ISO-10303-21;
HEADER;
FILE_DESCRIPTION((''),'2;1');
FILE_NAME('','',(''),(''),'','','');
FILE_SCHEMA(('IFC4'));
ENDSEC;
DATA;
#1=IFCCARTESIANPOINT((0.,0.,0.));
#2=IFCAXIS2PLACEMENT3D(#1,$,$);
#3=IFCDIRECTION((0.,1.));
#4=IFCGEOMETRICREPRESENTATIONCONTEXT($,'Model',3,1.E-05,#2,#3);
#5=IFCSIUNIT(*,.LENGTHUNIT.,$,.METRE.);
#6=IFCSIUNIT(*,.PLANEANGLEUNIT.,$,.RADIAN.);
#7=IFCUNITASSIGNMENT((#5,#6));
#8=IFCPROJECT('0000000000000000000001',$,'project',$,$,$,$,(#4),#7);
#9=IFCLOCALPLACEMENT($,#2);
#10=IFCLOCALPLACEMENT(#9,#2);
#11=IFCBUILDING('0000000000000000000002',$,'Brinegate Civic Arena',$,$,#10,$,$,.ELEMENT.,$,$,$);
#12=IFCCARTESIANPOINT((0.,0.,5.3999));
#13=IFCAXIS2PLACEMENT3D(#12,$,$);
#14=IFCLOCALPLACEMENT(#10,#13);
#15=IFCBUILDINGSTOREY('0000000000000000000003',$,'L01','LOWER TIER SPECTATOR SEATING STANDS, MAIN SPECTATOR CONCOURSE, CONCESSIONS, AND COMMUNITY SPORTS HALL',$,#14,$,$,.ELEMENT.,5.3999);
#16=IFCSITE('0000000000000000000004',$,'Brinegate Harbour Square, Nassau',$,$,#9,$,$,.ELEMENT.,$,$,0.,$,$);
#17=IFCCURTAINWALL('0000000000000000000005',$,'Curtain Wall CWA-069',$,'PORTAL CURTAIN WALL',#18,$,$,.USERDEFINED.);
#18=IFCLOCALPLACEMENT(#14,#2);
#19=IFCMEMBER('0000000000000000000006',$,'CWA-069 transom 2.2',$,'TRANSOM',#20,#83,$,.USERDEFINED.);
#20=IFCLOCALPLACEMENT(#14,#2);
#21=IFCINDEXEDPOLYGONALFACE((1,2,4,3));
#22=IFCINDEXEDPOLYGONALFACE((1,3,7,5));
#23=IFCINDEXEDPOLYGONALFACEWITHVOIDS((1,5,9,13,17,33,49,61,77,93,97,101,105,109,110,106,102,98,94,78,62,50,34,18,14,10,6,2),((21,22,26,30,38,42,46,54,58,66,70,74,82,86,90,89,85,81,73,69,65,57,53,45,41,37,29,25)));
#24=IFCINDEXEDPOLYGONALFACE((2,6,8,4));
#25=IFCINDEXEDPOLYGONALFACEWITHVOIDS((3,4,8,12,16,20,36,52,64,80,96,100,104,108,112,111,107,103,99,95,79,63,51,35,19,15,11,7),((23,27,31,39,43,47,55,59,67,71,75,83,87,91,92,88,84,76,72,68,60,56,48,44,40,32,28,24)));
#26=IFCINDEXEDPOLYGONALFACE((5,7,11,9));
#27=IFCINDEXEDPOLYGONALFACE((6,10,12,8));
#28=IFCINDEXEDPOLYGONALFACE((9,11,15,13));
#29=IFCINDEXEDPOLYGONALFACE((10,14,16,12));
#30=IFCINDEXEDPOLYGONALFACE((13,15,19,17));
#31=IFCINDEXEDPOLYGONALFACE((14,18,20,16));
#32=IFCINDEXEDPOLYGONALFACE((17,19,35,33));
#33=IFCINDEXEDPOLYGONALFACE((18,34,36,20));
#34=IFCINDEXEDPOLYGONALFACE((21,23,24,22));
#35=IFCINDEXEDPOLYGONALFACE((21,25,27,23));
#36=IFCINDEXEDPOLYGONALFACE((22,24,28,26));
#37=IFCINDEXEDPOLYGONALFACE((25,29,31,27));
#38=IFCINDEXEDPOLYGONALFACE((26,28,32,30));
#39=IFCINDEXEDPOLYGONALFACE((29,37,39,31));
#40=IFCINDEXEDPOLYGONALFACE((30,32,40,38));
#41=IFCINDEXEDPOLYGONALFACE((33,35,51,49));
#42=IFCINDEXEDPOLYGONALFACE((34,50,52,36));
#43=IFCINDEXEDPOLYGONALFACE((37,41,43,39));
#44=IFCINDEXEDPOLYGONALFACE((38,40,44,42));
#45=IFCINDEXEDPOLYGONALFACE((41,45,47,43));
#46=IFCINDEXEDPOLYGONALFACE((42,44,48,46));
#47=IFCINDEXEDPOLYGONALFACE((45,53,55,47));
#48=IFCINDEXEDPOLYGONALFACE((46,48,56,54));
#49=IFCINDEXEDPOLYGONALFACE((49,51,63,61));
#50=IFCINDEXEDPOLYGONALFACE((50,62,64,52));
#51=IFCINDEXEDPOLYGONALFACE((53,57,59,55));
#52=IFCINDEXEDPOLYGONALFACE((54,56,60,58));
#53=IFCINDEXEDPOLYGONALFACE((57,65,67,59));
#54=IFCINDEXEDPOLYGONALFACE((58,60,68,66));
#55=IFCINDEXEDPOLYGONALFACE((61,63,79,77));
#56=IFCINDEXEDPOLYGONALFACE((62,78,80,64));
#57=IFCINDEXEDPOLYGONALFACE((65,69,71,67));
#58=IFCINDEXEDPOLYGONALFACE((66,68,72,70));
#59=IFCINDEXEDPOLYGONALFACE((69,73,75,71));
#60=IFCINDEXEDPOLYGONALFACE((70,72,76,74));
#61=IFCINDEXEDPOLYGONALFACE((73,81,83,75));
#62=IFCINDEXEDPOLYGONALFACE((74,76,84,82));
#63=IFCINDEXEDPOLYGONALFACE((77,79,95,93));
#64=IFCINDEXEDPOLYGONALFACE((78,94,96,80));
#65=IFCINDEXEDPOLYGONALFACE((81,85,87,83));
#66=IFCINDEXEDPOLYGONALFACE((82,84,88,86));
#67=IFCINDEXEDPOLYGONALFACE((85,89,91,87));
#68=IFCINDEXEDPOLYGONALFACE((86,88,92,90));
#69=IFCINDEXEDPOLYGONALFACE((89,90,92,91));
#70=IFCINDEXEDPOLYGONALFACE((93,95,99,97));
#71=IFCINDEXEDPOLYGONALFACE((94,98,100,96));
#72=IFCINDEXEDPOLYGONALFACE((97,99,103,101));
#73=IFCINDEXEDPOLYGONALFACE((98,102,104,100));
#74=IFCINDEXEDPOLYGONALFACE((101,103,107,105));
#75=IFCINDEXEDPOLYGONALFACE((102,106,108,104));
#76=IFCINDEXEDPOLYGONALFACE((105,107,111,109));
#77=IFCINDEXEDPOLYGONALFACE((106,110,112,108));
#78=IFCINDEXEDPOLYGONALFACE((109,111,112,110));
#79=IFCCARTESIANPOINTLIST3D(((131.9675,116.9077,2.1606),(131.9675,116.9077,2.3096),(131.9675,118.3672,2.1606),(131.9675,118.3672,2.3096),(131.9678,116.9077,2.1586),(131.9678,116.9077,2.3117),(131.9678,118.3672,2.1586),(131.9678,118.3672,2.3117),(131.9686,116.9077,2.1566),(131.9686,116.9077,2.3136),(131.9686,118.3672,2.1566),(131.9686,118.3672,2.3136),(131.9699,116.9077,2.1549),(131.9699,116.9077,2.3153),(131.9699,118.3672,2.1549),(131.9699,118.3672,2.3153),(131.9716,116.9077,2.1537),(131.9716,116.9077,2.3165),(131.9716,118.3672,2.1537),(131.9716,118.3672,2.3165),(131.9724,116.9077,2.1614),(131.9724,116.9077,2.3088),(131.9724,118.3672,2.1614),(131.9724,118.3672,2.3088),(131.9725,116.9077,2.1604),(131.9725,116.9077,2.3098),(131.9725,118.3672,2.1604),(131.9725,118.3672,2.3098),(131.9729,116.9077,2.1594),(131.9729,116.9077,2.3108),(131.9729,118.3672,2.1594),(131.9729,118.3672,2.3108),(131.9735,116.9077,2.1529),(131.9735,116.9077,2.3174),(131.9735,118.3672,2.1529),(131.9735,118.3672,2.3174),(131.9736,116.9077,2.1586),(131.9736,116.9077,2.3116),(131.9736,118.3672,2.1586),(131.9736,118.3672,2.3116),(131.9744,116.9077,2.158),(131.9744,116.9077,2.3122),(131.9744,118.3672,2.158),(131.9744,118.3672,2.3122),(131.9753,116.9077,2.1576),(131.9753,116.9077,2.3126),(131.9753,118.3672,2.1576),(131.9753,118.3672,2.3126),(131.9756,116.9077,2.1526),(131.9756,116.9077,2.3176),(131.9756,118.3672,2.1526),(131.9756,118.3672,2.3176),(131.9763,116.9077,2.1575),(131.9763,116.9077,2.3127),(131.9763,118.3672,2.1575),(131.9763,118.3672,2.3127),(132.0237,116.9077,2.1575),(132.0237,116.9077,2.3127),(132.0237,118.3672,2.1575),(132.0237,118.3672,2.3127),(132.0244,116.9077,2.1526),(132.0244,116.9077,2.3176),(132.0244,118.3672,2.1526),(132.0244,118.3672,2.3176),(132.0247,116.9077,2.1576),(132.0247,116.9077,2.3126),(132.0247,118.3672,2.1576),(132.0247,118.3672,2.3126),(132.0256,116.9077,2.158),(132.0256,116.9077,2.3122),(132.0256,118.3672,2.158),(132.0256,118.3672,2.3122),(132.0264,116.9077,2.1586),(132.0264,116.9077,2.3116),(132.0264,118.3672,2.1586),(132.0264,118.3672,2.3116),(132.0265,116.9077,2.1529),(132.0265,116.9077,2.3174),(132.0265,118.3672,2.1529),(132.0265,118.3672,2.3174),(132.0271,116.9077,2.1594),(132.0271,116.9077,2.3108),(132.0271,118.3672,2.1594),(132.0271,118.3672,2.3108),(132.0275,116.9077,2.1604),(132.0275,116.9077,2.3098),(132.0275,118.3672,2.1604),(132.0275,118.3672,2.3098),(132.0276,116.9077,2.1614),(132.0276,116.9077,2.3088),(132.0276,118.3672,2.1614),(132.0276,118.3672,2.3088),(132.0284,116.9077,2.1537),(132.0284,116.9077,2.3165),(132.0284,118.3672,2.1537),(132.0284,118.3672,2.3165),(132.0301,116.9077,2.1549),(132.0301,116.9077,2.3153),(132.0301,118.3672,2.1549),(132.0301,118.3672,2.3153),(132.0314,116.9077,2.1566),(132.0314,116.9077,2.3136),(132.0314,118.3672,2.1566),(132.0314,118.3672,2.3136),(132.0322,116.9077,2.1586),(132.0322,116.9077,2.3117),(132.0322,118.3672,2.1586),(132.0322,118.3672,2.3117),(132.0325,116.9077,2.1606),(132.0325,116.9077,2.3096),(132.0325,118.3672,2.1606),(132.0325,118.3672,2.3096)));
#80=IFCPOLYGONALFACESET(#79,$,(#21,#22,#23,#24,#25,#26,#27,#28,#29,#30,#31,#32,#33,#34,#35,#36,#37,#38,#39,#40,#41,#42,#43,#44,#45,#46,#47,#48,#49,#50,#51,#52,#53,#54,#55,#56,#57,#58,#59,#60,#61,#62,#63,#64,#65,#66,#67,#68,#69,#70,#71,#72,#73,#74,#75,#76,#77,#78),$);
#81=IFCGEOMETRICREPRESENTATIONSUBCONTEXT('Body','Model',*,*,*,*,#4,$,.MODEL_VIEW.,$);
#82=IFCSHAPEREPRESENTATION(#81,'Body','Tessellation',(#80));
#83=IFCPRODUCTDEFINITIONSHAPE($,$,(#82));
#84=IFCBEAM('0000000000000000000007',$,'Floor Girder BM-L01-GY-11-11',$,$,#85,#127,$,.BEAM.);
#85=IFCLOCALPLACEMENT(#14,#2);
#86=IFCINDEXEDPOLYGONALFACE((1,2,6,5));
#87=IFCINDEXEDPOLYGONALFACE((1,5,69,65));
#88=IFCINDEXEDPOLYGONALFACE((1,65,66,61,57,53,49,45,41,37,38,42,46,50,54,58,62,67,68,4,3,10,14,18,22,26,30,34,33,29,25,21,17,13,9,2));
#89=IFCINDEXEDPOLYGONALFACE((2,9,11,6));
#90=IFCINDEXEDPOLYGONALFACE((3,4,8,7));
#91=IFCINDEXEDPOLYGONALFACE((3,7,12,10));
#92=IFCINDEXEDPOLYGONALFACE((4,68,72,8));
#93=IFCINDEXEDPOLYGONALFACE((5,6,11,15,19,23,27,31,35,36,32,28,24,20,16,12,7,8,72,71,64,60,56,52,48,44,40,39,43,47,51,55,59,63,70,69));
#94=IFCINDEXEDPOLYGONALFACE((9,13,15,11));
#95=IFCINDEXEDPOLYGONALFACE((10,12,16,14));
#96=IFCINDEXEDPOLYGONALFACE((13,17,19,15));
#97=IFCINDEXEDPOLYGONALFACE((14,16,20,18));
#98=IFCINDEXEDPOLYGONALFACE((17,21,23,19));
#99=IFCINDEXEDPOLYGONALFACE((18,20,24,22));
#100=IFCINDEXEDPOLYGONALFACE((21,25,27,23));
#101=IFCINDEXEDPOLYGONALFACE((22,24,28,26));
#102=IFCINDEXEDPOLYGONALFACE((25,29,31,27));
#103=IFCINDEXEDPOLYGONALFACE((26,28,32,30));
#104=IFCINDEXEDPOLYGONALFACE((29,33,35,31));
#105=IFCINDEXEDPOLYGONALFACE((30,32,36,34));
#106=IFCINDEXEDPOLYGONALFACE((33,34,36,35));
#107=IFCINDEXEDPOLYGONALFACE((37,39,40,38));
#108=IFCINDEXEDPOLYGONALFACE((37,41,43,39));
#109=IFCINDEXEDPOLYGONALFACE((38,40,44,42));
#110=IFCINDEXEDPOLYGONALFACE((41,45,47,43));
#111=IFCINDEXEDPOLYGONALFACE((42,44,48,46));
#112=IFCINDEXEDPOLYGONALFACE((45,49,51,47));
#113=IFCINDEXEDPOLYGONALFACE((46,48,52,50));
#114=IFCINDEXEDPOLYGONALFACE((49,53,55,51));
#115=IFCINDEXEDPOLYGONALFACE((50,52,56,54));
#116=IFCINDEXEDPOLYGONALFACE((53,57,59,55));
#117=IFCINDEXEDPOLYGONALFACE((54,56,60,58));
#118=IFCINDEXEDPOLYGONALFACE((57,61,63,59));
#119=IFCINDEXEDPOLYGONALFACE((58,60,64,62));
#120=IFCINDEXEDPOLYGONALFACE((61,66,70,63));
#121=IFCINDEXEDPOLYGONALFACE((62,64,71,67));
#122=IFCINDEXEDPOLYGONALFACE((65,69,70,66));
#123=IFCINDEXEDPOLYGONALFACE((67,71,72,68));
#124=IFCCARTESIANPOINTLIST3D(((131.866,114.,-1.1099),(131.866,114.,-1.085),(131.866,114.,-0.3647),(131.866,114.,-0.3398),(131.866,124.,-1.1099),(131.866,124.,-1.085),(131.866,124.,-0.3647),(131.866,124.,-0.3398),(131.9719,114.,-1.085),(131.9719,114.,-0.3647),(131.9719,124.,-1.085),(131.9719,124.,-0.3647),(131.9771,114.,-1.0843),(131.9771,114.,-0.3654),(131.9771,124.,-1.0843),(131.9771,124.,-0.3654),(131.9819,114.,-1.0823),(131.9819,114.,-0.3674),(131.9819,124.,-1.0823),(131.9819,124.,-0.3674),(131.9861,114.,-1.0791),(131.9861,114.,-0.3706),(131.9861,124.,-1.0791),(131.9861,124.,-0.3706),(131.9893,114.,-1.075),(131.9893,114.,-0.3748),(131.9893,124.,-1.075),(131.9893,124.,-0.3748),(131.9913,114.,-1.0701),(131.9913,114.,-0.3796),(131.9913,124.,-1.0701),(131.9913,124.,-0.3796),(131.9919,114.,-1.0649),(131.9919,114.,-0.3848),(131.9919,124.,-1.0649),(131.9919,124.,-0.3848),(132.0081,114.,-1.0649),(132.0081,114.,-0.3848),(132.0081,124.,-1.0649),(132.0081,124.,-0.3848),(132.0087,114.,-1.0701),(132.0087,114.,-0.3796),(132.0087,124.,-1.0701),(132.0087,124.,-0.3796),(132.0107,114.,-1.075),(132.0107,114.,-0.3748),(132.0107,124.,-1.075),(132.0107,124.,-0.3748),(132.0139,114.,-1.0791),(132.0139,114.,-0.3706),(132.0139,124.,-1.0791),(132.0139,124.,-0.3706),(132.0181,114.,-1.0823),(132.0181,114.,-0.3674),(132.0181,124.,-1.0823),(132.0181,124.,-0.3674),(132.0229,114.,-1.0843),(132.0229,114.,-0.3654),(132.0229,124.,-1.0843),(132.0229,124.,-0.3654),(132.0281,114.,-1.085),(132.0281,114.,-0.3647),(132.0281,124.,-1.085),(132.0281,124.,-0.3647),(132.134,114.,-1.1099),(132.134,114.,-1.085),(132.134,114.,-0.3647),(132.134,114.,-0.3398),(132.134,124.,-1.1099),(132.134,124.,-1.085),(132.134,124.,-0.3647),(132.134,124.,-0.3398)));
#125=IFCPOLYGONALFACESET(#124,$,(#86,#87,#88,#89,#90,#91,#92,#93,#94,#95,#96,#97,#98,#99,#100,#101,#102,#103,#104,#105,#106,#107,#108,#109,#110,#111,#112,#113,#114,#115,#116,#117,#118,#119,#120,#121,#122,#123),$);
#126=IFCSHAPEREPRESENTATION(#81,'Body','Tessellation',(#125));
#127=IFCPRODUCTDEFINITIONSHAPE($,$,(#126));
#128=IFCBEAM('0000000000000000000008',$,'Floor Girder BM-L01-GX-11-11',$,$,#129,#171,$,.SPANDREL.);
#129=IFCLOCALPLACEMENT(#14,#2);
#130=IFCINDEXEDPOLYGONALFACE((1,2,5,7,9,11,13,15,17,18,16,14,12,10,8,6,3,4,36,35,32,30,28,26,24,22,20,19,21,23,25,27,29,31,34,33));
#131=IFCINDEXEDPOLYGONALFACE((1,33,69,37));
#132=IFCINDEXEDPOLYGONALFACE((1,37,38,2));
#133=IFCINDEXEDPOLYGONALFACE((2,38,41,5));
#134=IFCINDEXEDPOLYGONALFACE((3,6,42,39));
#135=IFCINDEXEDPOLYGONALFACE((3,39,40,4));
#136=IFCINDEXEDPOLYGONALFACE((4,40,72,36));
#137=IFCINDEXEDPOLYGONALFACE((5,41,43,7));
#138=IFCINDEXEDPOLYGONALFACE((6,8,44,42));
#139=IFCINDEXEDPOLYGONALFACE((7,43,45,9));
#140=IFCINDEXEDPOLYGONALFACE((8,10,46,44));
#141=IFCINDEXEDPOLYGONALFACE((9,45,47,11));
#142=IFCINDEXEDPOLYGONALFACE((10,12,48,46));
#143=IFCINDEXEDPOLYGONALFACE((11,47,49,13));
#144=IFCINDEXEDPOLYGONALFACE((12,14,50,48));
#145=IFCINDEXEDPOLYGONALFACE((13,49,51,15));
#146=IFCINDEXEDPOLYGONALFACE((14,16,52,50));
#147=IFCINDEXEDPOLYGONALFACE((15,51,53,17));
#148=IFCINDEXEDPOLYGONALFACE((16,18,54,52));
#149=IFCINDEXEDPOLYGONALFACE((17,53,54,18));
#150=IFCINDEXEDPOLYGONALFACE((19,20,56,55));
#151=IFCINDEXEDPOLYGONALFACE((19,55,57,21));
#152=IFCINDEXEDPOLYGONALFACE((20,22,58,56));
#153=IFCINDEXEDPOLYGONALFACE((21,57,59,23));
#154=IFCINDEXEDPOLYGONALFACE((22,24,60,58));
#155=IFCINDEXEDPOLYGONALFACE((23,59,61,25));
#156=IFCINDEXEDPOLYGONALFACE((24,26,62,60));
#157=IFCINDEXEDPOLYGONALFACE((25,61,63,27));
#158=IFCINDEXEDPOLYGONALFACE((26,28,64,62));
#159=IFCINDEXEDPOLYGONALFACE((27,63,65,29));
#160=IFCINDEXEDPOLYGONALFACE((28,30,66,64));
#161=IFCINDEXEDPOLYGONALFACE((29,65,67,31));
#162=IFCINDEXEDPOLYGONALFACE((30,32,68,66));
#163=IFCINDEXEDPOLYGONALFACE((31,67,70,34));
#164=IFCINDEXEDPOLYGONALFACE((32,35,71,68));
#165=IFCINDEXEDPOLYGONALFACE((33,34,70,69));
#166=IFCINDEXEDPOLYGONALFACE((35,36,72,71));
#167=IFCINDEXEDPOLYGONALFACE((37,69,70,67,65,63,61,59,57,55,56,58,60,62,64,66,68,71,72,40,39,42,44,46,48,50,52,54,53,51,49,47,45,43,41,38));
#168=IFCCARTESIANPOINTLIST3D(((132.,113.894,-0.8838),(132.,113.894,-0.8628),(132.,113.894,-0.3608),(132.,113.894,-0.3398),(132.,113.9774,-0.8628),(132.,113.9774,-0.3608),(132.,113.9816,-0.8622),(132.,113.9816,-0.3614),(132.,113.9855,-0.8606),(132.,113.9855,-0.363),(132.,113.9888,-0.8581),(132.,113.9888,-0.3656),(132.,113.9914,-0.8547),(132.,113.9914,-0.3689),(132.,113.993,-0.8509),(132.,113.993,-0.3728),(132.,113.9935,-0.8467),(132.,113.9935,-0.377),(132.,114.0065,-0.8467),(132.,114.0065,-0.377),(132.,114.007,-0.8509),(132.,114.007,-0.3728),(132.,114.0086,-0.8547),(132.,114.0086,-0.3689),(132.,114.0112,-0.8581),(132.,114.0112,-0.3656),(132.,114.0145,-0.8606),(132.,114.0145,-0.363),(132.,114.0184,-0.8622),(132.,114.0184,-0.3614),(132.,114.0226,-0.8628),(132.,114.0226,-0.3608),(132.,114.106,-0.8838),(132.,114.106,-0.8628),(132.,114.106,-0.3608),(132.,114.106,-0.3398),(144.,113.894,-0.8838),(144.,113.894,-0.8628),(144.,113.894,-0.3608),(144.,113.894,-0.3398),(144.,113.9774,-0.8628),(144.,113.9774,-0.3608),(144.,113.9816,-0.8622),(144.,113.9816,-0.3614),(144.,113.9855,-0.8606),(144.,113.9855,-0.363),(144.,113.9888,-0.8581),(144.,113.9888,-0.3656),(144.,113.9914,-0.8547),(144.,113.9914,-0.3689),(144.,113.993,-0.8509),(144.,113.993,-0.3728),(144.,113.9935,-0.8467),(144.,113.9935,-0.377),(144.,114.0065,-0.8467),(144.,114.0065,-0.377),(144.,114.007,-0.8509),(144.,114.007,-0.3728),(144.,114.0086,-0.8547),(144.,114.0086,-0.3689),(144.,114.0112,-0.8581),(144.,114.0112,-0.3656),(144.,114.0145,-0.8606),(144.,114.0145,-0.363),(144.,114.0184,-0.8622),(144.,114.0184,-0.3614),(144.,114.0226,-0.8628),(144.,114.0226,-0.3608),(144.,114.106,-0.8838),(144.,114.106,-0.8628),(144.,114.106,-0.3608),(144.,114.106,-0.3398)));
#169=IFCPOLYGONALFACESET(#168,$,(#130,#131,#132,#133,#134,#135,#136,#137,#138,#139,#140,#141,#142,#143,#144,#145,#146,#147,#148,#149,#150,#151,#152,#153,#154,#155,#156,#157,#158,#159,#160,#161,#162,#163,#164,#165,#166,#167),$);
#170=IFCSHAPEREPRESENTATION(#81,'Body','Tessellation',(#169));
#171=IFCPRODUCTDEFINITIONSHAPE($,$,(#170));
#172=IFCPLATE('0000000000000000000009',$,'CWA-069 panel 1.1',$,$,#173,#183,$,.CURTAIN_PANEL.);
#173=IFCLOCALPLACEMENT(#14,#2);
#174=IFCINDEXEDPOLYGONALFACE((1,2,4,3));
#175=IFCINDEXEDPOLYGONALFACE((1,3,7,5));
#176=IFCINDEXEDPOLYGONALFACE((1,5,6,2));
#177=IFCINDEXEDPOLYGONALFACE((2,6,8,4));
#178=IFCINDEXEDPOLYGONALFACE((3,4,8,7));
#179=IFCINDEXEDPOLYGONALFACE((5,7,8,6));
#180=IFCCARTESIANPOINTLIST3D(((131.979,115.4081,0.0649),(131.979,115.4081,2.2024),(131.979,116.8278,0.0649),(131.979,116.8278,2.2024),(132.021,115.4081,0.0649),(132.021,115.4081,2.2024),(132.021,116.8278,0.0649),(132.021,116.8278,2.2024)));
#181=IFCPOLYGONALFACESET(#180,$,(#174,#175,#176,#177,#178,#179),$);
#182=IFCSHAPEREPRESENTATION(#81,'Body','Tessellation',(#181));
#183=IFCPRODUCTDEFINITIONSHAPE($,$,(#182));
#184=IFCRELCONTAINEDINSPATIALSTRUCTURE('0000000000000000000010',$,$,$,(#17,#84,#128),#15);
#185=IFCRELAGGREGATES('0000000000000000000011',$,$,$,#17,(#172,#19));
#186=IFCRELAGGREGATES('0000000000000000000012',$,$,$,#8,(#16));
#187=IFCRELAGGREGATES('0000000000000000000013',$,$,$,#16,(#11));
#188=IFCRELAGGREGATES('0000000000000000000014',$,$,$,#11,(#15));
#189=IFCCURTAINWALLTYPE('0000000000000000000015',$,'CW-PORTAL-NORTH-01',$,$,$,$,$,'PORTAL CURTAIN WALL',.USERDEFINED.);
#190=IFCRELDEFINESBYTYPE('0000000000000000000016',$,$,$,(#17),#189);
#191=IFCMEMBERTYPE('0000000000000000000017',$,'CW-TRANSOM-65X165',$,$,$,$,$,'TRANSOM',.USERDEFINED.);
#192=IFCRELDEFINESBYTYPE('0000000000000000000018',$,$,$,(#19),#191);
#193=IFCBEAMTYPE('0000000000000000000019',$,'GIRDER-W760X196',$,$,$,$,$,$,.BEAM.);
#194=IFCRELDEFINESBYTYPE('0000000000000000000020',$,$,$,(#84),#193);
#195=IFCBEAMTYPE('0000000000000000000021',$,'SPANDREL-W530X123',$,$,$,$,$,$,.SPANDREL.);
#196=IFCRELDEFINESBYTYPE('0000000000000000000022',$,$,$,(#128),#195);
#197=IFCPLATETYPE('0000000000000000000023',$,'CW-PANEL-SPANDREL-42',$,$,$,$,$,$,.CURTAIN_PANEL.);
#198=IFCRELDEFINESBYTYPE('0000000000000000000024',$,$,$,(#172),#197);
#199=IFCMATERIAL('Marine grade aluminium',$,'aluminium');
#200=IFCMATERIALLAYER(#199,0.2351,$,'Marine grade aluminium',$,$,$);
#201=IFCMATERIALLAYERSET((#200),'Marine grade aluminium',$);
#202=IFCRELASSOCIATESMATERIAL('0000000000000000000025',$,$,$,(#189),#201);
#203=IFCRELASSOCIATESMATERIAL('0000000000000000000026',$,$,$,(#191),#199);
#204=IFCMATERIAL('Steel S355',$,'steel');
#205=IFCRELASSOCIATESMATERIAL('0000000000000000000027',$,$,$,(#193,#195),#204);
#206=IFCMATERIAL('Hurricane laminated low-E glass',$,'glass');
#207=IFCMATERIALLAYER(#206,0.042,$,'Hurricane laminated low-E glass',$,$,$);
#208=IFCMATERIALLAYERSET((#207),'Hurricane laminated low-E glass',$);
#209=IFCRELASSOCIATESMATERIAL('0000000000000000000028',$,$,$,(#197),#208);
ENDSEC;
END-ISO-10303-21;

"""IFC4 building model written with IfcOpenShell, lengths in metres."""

from ifc_helpers import new_model, si_unit, direction, frame, origin, origin_2d, place, context, subcontext, project, spatial, rectangle, hollow_rectangle, i_section, extrude, material, layer, layer_set, material_profile, profile_set, type_object, element, aggregate, save


model = new_model("IFC4")

# Units and contexts
model_context = context("Model", 3, precision=1e-05, world=origin(), true_north=direction((0.0, 1.0)))
body_context = subcontext(model_context, "Body", "Model", "MODEL_VIEW")
ifc_project = project(units=[si_unit("LENGTHUNIT", "METRE"), si_unit("PLANEANGLEUNIT", "RADIAN")], contexts=[model_context])

# Site, building, storey
site_placement = place(None, origin())
site = spatial("IfcSite", under=ifc_project, at=site_placement, Name="Brinegate Harbour Square, Nassau", CompositionType="ELEMENT", RefElevation=0.0)
building_placement = place(site_placement, origin())
building = spatial("IfcBuilding", under=site, at=building_placement, Name="Brinegate Civic Arena", CompositionType="ELEMENT")
storey_placement = place(building_placement, frame((0.0, 0.0, 5.3999)))
storey = spatial("IfcBuildingStorey", under=building, at=storey_placement, Name="L01", Description="LOWER TIER SPECTATOR SEATING STANDS, MAIN SPECTATOR CONCOURSE, CONCESSIONS, AND COMMUNITY SPORTS HALL", CompositionType="ELEMENT", Elevation=5.3999)

# Curtain wall, member
ifc_material_1 = material(Name="Marine grade aluminium", Category="aluminium")
ifc_layer_1 = layer(ifc_material_1, 0.2351, Name="Marine grade aluminium")
ifc_layer_set_1 = layer_set([ifc_layer_1], Name="Marine grade aluminium")
curtain_wall_type = type_object("IfcCurtainWallType", Name="CW-PORTAL-NORTH-01", ElementType="PORTAL CURTAIN WALL", PredefinedType="USERDEFINED", material=ifc_layer_set_1)
curtain_wall_placement = place(storey_placement, origin())
curtain_wall = element("IfcCurtainWall", 1, at=curtain_wall_placement, inside=storey, type_object=curtain_wall_type, Name="Curtain Wall CWA-069", ObjectType="PORTAL CURTAIN WALL", PredefinedType="USERDEFINED")
ifc_material_profile_1 = material_profile(ifc_material_1, hollow_rectangle(XDim=0.0649, YDim=0.165, WallThickness=0.0049, InnerFilletRadius=0.0039, OuterFilletRadius=0.0081, at=origin_2d()), Name="TRN65X165")
ifc_profile_set_1 = profile_set([ifc_material_profile_1], Name="Marine grade aluminium")
member_type_1 = type_object("IfcMemberType", Name="CW-TRANSOM-65X165", ElementType="TRANSOM", PredefinedType="USERDEFINED", material=ifc_profile_set_1)
member_1_placement = place(storey_placement, frame((132.0, 116.9077, 2.2351), z_axis=(0.0, 1.0, 0.0), x_axis=(-1.0, 0.0, 0.0)))
member_1 = element("IfcMember", 2, at=member_1_placement, type_object=member_type_1, Name="CWA-069 transom 2.2", ObjectType="TRANSOM", PredefinedType="USERDEFINED", context=body_context, shape_type="SweptSolid", body=[
    extrude(hollow_rectangle(XDim=0.0649, YDim=0.165, WallThickness=0.0049, InnerFilletRadius=0.0039, OuterFilletRadius=0.0081, at=origin_2d()), origin(), (0.0, 0.0, 1.0), 1.4595),
])

# Beams
ifc_material_2 = material(Name="Steel S355", Category="steel")
ifc_material_profile_2 = material_profile(ifc_material_2, i_section(OverallWidth=0.2681, OverallDepth=0.77, WebThickness=0.0161, FlangeThickness=0.0249, FilletRadius=0.02, at=origin_2d()), Name="W760X196")
ifc_profile_set_2 = profile_set([ifc_material_profile_2], Name="Steel S355")
beam_type_1 = type_object("IfcBeamType", Name="GIRDER-W760X196", PredefinedType="BEAM", material=ifc_profile_set_2)
beam_1_placement = place(storey_placement, frame((132.0, 114.0, -0.7249), z_axis=(0.0, 1.0, 0.0), x_axis=(-1.0, 0.0, 0.0)))
element("IfcBeam", 3, at=beam_1_placement, inside=storey, type_object=beam_type_1, Name="Floor Girder BM-L01-GY-11-11", PredefinedType="BEAM", context=body_context, shape_type="SweptSolid", body=[
    extrude(i_section(OverallWidth=0.2681, OverallDepth=0.77, WebThickness=0.0161, FlangeThickness=0.0249, FilletRadius=0.02, at=origin_2d()), origin(), (0.0, 0.0, 1.0), 10.0),
])
ifc_material_profile_3 = material_profile(ifc_material_2, i_section(OverallWidth=0.2119, OverallDepth=0.5439, WebThickness=0.0129, FlangeThickness=0.021, FilletRadius=0.0161, at=origin_2d()), Name="W530X123")
ifc_profile_set_3 = profile_set([ifc_material_profile_3], Name="Steel S355")
beam_type_2 = type_object("IfcBeamType", Name="SPANDREL-W530X123", PredefinedType="SPANDREL", material=ifc_profile_set_3)
beam_2_placement = place(storey_placement, frame((132.0, 114.0, -0.6118), z_axis=(1.0, 0.0, 0.0), x_axis=(0.0, 1.0, 0.0)))
element("IfcBeam", 4, at=beam_2_placement, inside=storey, type_object=beam_type_2, Name="Floor Girder BM-L01-GX-11-11", PredefinedType="SPANDREL", context=body_context, shape_type="SweptSolid", body=[
    extrude(i_section(OverallWidth=0.2119, OverallDepth=0.5439, WebThickness=0.0129, FlangeThickness=0.021, FilletRadius=0.0161, at=origin_2d()), origin(), (0.0, 0.0, 1.0), 12.0),
])

# Plate
ifc_material_3 = material(Name="Hurricane laminated low-E glass", Category="glass")
ifc_layer_2 = layer(ifc_material_3, 0.042, Name="Hurricane laminated low-E glass")
ifc_layer_set_2 = layer_set([ifc_layer_2], Name="Hurricane laminated low-E glass")
plate_type = type_object("IfcPlateType", Name="CW-PANEL-SPANDREL-42", PredefinedType="CURTAIN_PANEL", material=ifc_layer_set_2)
plate_1_placement = place(storey_placement, frame((132.0, 116.1179, 0.0649), z_axis=(0.0, 0.0, 1.0), x_axis=(0.0, 1.0, 0.0)))
plate_1 = element("IfcPlate", 5, at=plate_1_placement, type_object=plate_type, Name="CWA-069 panel 1.1", PredefinedType="CURTAIN_PANEL", context=body_context, shape_type="SweptSolid", body=[
    extrude(rectangle(XDim=1.4197, YDim=0.042, at=origin_2d()), origin(), (0.0, 0.0, 1.0), 2.1375),
])
aggregate(curtain_wall, [plate_1, member_1])

save(model, "model.ifc")
